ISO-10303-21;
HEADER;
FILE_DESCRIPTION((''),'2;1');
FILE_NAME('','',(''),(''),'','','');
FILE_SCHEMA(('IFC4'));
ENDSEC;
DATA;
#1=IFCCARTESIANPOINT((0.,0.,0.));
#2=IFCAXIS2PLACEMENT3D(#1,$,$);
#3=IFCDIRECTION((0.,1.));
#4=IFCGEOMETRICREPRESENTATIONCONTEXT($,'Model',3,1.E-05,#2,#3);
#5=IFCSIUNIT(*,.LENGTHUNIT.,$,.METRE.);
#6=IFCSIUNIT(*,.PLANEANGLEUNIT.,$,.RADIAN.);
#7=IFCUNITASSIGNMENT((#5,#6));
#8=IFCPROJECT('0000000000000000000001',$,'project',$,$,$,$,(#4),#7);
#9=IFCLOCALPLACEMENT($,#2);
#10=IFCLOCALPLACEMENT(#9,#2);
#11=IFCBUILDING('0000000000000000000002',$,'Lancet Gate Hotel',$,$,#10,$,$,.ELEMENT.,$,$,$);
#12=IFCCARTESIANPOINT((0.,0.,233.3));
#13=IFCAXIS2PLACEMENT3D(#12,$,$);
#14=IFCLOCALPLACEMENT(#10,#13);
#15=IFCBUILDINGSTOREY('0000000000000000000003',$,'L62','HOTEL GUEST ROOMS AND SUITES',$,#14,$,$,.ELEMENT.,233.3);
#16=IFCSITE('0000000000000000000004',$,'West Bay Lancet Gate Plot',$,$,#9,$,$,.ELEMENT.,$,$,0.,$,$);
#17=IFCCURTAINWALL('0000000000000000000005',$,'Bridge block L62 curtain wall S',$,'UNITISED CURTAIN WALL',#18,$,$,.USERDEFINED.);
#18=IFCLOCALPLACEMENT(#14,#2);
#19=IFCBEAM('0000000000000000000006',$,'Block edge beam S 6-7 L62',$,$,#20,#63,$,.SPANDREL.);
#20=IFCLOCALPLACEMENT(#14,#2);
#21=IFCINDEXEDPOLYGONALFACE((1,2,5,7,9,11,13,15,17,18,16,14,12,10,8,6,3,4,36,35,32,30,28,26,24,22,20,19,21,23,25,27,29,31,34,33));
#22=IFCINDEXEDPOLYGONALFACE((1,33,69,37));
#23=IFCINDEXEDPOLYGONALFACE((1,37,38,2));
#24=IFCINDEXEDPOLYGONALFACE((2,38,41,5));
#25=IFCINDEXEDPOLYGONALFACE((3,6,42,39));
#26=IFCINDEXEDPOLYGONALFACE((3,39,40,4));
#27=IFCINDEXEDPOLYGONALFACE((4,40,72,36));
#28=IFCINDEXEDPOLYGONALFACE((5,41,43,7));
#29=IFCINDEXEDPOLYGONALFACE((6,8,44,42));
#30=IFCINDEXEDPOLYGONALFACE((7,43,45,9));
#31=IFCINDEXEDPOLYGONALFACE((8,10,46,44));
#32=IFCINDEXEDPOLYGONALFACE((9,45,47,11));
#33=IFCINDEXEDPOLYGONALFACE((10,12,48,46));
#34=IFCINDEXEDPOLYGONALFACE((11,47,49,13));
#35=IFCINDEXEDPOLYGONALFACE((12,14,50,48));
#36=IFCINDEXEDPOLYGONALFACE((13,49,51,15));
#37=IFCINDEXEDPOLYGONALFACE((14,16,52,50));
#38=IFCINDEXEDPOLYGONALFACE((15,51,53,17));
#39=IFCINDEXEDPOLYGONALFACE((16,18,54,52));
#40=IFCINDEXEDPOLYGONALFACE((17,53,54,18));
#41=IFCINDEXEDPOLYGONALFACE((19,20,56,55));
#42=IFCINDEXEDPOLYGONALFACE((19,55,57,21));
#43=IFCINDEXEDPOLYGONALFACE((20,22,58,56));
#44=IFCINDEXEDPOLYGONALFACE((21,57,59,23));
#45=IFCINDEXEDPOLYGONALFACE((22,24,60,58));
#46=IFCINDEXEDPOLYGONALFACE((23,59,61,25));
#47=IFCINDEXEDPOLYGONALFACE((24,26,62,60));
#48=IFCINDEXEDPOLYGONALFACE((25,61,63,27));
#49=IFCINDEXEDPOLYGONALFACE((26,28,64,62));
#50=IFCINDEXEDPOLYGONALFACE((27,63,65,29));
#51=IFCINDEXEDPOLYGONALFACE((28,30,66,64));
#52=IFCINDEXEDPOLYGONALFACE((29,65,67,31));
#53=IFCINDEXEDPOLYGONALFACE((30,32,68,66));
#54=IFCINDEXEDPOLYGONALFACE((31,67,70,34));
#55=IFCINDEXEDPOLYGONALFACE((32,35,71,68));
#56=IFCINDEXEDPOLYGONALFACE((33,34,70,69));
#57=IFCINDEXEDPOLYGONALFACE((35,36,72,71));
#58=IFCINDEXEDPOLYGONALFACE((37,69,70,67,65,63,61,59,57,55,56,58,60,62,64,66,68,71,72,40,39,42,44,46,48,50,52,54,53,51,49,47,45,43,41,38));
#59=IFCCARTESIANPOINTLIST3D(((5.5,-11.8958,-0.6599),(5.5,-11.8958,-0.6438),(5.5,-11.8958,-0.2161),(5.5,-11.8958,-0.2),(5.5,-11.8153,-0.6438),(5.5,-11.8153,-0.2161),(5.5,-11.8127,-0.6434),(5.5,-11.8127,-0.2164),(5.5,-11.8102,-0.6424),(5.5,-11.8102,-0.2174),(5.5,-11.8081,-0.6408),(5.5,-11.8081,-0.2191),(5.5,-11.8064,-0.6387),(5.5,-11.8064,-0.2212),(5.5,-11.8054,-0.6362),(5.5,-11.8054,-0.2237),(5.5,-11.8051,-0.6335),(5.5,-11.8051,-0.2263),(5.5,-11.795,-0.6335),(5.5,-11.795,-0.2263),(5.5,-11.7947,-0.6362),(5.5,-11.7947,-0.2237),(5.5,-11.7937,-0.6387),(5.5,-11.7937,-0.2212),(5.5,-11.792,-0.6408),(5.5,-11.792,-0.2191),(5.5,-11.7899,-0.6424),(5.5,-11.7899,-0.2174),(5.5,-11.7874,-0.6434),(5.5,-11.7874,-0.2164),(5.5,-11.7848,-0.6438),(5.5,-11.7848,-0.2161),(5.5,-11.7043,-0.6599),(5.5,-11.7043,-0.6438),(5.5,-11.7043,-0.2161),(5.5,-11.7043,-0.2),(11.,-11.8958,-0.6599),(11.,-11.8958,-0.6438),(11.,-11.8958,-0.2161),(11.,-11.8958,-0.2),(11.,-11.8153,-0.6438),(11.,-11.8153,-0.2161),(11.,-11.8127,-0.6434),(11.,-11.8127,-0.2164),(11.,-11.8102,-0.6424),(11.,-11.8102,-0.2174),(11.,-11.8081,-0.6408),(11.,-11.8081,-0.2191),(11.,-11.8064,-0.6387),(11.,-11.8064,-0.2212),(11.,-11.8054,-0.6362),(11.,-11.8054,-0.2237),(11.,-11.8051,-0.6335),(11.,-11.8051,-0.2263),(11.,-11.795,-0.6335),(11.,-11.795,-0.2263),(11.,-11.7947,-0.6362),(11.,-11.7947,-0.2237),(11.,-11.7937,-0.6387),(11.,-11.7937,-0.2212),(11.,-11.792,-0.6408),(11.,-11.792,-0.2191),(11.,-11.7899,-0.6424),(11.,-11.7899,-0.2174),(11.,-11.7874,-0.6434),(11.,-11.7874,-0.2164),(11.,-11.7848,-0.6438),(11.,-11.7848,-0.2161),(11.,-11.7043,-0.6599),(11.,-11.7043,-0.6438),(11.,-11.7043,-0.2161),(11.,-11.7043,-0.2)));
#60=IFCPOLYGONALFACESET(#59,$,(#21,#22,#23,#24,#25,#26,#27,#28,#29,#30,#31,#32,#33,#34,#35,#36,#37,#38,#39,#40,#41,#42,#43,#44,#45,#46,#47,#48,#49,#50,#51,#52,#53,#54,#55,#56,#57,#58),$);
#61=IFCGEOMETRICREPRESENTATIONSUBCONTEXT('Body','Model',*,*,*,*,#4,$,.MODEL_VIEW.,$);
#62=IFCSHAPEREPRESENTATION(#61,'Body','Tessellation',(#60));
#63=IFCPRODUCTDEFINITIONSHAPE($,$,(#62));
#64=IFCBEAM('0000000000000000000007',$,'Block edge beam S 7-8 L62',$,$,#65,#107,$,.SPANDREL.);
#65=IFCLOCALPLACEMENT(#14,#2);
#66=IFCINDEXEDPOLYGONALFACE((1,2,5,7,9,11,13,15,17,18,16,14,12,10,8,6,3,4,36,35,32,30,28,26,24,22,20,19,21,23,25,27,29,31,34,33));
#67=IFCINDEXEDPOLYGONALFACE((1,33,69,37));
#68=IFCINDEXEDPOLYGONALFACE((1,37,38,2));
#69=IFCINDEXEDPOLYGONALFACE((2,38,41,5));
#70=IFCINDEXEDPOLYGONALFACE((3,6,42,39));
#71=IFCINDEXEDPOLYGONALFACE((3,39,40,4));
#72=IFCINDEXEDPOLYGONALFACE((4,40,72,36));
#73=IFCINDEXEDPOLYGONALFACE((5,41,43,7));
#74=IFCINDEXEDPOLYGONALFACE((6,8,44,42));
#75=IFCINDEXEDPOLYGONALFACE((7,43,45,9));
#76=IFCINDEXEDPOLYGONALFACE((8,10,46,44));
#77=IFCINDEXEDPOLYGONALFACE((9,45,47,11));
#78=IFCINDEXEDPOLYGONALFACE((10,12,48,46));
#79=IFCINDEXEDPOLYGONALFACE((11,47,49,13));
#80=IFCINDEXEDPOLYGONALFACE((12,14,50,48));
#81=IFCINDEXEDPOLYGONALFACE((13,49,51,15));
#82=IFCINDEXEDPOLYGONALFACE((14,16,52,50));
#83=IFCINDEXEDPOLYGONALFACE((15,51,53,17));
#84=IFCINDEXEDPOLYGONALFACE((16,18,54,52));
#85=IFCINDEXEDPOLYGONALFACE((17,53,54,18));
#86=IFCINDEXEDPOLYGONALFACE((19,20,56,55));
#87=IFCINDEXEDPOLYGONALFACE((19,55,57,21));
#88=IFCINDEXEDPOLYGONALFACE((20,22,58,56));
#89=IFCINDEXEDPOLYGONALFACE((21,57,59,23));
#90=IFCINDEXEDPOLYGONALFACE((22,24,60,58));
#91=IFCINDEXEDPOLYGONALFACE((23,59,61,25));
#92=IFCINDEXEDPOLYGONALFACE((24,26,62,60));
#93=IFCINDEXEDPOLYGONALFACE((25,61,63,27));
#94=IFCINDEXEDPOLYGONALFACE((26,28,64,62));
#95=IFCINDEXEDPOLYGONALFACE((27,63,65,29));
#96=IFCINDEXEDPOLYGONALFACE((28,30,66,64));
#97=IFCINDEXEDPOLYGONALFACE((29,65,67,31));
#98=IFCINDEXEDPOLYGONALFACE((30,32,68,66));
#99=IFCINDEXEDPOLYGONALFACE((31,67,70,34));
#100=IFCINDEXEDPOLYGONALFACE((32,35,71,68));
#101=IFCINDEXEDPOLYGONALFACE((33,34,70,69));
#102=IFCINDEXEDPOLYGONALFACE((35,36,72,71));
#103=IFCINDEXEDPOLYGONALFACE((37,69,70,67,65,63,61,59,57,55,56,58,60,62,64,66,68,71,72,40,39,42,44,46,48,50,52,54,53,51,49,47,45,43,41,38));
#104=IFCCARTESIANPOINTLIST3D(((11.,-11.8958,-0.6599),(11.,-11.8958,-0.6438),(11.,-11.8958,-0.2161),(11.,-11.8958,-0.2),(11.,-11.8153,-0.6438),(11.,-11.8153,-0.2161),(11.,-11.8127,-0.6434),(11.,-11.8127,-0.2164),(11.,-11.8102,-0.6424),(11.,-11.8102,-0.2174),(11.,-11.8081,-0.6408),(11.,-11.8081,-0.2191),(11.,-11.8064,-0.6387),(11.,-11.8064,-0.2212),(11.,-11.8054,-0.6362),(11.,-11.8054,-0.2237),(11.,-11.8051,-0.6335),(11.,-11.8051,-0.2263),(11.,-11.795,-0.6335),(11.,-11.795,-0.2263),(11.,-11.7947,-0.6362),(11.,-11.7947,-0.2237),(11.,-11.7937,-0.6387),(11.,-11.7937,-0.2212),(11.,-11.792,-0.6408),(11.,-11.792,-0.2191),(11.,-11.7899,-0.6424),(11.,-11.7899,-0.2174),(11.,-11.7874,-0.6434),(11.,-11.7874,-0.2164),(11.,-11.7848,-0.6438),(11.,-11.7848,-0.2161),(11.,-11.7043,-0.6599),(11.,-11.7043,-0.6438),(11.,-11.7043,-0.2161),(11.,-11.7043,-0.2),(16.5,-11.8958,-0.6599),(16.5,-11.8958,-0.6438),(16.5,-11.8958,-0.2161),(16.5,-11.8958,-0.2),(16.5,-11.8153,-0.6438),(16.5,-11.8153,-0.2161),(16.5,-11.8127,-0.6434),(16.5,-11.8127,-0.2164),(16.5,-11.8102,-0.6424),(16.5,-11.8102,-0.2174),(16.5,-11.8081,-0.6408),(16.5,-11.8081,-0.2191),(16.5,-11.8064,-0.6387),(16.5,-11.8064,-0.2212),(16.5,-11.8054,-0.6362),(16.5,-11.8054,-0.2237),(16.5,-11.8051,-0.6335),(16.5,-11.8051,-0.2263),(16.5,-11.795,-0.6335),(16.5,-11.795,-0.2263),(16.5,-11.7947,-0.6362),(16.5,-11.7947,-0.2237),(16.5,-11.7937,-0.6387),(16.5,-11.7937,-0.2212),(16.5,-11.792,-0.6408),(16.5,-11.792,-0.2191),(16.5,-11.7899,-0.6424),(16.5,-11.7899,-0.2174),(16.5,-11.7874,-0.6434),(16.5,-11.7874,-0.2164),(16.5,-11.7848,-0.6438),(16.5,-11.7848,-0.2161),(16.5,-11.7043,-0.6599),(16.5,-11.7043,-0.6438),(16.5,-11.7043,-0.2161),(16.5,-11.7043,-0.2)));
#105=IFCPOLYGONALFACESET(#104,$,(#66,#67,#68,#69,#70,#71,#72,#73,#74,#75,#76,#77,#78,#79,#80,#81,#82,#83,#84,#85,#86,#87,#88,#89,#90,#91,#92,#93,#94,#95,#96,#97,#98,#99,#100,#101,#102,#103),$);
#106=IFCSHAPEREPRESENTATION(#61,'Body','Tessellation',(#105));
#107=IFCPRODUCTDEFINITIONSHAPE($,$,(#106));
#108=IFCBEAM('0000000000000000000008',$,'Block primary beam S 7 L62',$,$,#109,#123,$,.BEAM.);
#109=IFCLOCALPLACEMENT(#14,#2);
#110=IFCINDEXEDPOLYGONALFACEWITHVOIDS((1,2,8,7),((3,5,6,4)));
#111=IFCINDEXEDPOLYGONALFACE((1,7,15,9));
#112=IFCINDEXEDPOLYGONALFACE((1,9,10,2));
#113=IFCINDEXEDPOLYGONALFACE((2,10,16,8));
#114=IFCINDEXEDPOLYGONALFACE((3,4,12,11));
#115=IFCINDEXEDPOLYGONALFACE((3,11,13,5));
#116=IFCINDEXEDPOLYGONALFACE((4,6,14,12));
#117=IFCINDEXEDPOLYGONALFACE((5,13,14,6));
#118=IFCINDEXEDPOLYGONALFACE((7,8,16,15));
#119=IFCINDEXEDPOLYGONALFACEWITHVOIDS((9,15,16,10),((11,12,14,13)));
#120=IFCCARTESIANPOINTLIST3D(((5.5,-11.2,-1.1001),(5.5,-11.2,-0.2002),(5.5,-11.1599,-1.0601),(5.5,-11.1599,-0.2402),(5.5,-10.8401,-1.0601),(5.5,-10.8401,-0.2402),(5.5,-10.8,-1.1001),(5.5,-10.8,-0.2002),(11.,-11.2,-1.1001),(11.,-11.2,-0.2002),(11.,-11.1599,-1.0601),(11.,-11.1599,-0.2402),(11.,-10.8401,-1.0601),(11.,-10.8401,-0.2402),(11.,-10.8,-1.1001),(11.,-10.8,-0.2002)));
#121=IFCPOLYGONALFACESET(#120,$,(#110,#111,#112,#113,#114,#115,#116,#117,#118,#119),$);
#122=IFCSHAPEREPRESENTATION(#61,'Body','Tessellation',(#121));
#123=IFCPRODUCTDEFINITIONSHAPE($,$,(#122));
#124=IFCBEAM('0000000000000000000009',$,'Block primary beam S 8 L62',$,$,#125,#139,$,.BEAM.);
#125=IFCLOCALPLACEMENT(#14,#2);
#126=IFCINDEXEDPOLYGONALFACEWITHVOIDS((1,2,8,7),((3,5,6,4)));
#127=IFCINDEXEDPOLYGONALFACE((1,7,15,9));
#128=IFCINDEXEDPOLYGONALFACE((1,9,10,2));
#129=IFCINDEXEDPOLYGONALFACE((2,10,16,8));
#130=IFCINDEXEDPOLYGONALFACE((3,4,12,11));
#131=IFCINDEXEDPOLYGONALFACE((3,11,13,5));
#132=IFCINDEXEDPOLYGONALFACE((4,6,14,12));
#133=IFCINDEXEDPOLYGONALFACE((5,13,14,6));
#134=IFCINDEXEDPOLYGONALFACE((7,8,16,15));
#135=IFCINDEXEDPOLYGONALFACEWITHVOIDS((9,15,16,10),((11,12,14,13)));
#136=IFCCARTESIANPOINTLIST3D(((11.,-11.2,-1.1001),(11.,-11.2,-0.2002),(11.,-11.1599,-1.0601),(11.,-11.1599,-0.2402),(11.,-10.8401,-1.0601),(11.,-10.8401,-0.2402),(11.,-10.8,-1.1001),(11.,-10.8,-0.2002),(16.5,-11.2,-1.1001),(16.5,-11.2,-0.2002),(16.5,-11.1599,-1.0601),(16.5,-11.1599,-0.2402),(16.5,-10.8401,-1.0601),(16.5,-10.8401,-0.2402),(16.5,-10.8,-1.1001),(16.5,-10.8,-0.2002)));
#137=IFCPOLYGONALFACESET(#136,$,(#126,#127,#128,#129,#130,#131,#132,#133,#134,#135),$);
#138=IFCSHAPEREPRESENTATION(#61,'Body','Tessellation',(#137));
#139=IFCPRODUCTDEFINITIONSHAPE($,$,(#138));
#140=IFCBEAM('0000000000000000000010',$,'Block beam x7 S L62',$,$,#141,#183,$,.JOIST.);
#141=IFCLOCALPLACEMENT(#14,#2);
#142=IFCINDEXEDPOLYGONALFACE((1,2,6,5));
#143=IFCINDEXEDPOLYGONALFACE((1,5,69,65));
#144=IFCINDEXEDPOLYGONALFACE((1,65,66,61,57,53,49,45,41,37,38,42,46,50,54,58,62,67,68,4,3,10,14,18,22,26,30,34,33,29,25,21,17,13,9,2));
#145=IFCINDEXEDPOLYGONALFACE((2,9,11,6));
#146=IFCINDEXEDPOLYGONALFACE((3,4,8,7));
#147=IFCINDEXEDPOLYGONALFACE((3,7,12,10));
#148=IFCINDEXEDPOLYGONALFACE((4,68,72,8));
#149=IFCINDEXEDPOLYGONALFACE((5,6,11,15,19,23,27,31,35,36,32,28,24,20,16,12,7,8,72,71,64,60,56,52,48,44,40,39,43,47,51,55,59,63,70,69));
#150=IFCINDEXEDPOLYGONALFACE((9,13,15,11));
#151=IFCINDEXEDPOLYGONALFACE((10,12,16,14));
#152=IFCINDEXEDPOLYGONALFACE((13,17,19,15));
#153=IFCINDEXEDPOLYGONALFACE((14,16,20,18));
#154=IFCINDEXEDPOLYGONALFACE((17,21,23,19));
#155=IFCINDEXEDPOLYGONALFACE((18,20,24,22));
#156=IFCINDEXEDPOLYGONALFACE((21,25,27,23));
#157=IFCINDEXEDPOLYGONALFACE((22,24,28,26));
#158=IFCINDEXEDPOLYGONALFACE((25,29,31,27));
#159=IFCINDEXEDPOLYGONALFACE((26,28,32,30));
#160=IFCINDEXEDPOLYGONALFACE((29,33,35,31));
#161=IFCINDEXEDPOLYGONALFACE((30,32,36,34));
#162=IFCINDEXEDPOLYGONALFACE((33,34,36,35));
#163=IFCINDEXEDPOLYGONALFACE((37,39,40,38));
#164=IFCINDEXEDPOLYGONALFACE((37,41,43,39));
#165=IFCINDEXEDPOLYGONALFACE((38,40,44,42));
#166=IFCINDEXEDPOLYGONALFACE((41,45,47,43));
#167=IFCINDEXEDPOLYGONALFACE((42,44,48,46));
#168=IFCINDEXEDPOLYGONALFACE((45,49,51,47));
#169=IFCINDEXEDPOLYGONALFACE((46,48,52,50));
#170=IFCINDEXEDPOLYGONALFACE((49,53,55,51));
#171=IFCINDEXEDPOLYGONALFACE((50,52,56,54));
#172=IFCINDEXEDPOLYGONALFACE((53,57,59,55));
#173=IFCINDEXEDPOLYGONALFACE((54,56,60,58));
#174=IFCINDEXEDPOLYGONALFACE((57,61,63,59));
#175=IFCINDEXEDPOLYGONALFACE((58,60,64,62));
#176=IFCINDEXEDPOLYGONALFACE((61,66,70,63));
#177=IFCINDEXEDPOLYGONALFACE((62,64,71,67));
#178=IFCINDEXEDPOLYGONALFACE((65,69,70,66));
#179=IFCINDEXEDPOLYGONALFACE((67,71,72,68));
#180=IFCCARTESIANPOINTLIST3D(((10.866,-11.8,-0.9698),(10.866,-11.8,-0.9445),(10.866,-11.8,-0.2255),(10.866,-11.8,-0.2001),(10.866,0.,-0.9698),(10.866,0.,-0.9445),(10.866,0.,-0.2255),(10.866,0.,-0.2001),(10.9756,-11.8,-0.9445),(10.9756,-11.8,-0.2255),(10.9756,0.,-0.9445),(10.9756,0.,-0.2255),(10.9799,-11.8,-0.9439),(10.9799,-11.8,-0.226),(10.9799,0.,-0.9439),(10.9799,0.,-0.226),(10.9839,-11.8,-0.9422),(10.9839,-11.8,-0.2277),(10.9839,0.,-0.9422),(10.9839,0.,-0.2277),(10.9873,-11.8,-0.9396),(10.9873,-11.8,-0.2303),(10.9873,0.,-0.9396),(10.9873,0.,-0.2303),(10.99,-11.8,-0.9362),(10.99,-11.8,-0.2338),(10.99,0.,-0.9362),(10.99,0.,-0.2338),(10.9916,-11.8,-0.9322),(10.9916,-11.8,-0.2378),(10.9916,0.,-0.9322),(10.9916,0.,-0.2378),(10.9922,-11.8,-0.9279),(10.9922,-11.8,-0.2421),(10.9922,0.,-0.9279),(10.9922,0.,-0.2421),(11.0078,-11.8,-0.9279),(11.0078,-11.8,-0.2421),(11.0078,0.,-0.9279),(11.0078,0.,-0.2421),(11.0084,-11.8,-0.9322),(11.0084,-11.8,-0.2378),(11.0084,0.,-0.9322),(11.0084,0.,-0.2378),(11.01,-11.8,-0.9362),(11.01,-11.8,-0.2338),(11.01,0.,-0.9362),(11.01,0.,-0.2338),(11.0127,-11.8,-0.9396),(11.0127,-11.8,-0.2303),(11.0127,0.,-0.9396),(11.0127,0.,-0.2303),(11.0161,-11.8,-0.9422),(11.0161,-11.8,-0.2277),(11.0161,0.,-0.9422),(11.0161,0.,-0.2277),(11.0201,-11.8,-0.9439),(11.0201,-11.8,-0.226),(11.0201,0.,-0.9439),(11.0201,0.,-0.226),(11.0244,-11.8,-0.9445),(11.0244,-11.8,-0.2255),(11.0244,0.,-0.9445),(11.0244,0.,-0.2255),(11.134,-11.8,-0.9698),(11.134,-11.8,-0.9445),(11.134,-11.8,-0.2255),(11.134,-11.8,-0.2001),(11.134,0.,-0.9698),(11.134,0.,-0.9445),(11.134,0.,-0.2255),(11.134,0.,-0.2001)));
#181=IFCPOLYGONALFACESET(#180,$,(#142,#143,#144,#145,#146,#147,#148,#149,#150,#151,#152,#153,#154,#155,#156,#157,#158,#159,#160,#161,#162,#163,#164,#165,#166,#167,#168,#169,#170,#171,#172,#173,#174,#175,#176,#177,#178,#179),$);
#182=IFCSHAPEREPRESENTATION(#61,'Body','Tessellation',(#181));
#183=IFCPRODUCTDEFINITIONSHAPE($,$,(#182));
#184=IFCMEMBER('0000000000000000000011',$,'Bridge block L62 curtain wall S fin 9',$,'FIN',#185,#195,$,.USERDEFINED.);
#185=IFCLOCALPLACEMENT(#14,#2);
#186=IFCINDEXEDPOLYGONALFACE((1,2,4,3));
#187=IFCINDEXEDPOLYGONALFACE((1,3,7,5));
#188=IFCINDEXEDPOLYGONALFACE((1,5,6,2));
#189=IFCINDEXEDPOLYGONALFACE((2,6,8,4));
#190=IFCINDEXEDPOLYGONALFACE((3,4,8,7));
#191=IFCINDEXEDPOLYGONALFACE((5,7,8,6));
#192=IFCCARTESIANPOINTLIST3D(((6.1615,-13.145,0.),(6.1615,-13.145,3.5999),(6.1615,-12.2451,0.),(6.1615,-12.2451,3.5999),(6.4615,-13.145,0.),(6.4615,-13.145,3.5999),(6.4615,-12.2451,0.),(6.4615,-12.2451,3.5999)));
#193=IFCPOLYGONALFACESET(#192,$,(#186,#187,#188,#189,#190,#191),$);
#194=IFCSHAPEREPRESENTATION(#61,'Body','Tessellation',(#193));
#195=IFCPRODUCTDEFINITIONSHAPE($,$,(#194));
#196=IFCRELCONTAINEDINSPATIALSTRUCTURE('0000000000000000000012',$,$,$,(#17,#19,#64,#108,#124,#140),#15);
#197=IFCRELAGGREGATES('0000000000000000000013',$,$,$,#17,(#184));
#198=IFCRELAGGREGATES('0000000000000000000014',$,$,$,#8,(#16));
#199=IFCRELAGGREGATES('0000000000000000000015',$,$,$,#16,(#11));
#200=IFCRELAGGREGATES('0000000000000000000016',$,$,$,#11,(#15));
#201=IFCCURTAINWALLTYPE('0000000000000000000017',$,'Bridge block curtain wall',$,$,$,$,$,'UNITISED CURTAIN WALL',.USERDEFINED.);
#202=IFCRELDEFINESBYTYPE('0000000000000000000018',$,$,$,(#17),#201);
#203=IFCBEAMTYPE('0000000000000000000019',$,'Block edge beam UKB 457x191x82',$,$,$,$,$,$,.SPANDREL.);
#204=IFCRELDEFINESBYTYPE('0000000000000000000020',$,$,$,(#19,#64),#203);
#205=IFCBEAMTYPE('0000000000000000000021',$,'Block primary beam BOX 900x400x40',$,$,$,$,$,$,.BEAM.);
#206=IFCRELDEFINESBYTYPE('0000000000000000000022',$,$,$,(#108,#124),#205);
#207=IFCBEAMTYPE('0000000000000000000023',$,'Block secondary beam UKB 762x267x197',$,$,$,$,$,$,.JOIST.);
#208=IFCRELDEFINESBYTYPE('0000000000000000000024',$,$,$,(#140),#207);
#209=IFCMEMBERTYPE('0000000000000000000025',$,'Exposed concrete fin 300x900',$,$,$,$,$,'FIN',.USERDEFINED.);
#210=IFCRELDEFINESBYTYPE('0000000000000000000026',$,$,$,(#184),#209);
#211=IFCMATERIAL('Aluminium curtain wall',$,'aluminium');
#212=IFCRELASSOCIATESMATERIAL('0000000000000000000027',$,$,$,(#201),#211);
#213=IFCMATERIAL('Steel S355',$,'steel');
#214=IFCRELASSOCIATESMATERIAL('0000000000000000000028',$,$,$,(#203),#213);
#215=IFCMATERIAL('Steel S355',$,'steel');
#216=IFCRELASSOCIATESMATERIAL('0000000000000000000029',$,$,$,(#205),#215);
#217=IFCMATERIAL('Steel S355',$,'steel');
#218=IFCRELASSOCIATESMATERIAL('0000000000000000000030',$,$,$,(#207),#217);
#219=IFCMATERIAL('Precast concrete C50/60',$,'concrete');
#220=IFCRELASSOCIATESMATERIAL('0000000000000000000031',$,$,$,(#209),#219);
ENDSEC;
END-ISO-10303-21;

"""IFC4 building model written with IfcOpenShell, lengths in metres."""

from ifc_helpers import new_model, si_unit, direction, frame, origin, origin_2d, place, context, subcontext, project, spatial, rectangle, hollow_rectangle, i_section, extrude, material, material_profile, profile_set, type_object, element, aggregate, save


model = new_model("IFC4")

# Units and contexts
model_context = context("Model", 3, precision=1e-05, world=origin(), true_north=direction((0.0, 1.0)))
body_context = subcontext(model_context, "Body", "Model", "MODEL_VIEW")
ifc_project = project(units=[si_unit("LENGTHUNIT", "METRE"), si_unit("PLANEANGLEUNIT", "RADIAN")], contexts=[model_context])

# Site, building, storey
site_placement = place(None, origin())
site = spatial("IfcSite", under=ifc_project, at=site_placement, Name="West Bay Lancet Gate Plot", CompositionType="ELEMENT", RefElevation=0.0)
building_placement = place(site_placement, origin())
building = spatial("IfcBuilding", under=site, at=building_placement, Name="Lancet Gate Hotel", CompositionType="ELEMENT")
storey_placement = place(building_placement, frame((0.0, 0.0, 233.3)))
storey = spatial("IfcBuildingStorey", under=building, at=storey_placement, Name="L62", Description="HOTEL GUEST ROOMS AND SUITES", CompositionType="ELEMENT", Elevation=233.3)

# Curtain wall
ifc_material_1 = material(Name="Aluminium curtain wall", Category="aluminium")
curtain_wall_type = type_object("IfcCurtainWallType", Name="Bridge block curtain wall", ElementType="UNITISED CURTAIN WALL", PredefinedType="USERDEFINED", material=ifc_material_1)
curtain_wall_placement = place(storey_placement, origin())
curtain_wall = element("IfcCurtainWall", 1, at=curtain_wall_placement, inside=storey, type_object=curtain_wall_type, Name="Bridge block L62 curtain wall S", ObjectType="UNITISED CURTAIN WALL", PredefinedType="USERDEFINED")

# Beams
ifc_material_2 = material(Name="Steel S355", Category="steel")
ifc_material_profile_1 = material_profile(ifc_material_2, i_section(OverallWidth=0.1914, OverallDepth=0.46, WebThickness=0.01, FlangeThickness=0.0161, FilletRadius=0.0103, at=origin_2d()), Name="UKB 457x191x82")
ifc_profile_set_1 = profile_set([ifc_material_profile_1], Name="Steel S355")
beam_type_1 = type_object("IfcBeamType", Name="Block edge beam UKB 457x191x82", PredefinedType="SPANDREL", material=ifc_profile_set_1)
for number, where, z_axis, x_axis, name in (
    (2, (5.5, -11.8, -0.4299), (1.0, 0.0, 0.0), (0.0, 1.0, 0.0), "Block edge beam S 6-7 L62"),
    (3, (11.0, -11.8, -0.4299), (1.0, 0.0, 0.0), (0.0, 1.0, 0.0), "Block edge beam S 7-8 L62"),
):
    element("IfcBeam", number, at=place(storey_placement, frame(where, z_axis=z_axis, x_axis=x_axis)), inside=storey, type_object=beam_type_1, Name=name, PredefinedType="SPANDREL", context=body_context, shape_type="SweptSolid", body=[
        extrude(i_section(OverallWidth=0.1914, OverallDepth=0.46, WebThickness=0.01, FlangeThickness=0.0161, FilletRadius=0.0103, at=origin_2d()), origin(), (0.0, 0.0, 1.0), 5.5),
    ])
ifc_material_3 = material(Name="Steel S355", Category="steel")
ifc_material_profile_2 = material_profile(ifc_material_3, hollow_rectangle(XDim=0.3999, YDim=0.8999, WallThickness=0.04, at=origin_2d()), Name="BOX 900x400x40")
ifc_profile_set_2 = profile_set([ifc_material_profile_2], Name="Steel S355")
beam_type_2 = type_object("IfcBeamType", Name="Block primary beam BOX 900x400x40", PredefinedType="BEAM", material=ifc_profile_set_2)
for number, where, z_axis, x_axis, name in (
    (4, (5.5, -11.0, -0.6501), (1.0, 0.0, 0.0), (0.0, 1.0, 0.0), "Block primary beam S 7 L62"),
    (5, (11.0, -11.0, -0.6501), (1.0, 0.0, 0.0), (0.0, 1.0, 0.0), "Block primary beam S 8 L62"),
):
    element("IfcBeam", number, at=place(storey_placement, frame(where, z_axis=z_axis, x_axis=x_axis)), inside=storey, type_object=beam_type_2, Name=name, PredefinedType="BEAM", context=body_context, shape_type="SweptSolid", body=[
        extrude(hollow_rectangle(XDim=0.3999, YDim=0.8999, WallThickness=0.04, at=origin_2d()), origin(), (0.0, 0.0, 1.0), 5.5),
    ])
ifc_material_4 = material(Name="Steel S355", Category="steel")
ifc_material_profile_3 = material_profile(ifc_material_4, i_section(OverallWidth=0.2681, OverallDepth=0.7698, WebThickness=0.0156, FlangeThickness=0.0254, FilletRadius=0.0166, at=origin_2d()), Name="UKB 762x267x197")
ifc_profile_set_3 = profile_set([ifc_material_profile_3], Name="Steel S355")
beam_type_3 = type_object("IfcBeamType", Name="Block secondary beam UKB 762x267x197", PredefinedType="JOIST", material=ifc_profile_set_3)
beam_placement = place(storey_placement, frame((11.0, -11.8, -0.585), z_axis=(0.0, 1.0, 0.0), x_axis=(-1.0, 0.0, 0.0)))
element("IfcBeam", 6, at=beam_placement, inside=storey, type_object=beam_type_3, Name="Block beam x7 S L62", PredefinedType="JOIST", context=body_context, shape_type="SweptSolid", body=[
    extrude(i_section(OverallWidth=0.2681, OverallDepth=0.7698, WebThickness=0.0156, FlangeThickness=0.0254, FilletRadius=0.0166, at=origin_2d()), origin(), (0.0, 0.0, 1.0), 11.8),
])

# Member
ifc_material_5 = material(Name="Precast concrete C50/60", Category="concrete")
ifc_material_profile_4 = material_profile(ifc_material_5, rectangle(XDim=0.3, YDim=0.8999, at=origin_2d()), Name="FIN 300x900")
ifc_profile_set_4 = profile_set([ifc_material_profile_4], Name="Precast concrete C50/60")
member_type_1 = type_object("IfcMemberType", Name="Exposed concrete fin 300x900", ElementType="FIN", PredefinedType="USERDEFINED", material=ifc_profile_set_4)
member_1_placement = place(storey_placement, frame((6.3115, -12.6951, 0.0), z_axis=(0.0, 0.0, 1.0), x_axis=(1.0, 0.0, 0.0)))
member_1 = element("IfcMember", 7, at=member_1_placement, type_object=member_type_1, Name="Bridge block L62 curtain wall S fin 9", ObjectType="FIN", PredefinedType="USERDEFINED", context=body_context, shape_type="SweptSolid", body=[
    extrude(rectangle(XDim=0.3, YDim=0.8999, at=origin_2d()), origin(), (0.0, 0.0, 1.0), 3.5999),
])

aggregate(curtain_wall, [member_1])

save(model, "model.ifc")
